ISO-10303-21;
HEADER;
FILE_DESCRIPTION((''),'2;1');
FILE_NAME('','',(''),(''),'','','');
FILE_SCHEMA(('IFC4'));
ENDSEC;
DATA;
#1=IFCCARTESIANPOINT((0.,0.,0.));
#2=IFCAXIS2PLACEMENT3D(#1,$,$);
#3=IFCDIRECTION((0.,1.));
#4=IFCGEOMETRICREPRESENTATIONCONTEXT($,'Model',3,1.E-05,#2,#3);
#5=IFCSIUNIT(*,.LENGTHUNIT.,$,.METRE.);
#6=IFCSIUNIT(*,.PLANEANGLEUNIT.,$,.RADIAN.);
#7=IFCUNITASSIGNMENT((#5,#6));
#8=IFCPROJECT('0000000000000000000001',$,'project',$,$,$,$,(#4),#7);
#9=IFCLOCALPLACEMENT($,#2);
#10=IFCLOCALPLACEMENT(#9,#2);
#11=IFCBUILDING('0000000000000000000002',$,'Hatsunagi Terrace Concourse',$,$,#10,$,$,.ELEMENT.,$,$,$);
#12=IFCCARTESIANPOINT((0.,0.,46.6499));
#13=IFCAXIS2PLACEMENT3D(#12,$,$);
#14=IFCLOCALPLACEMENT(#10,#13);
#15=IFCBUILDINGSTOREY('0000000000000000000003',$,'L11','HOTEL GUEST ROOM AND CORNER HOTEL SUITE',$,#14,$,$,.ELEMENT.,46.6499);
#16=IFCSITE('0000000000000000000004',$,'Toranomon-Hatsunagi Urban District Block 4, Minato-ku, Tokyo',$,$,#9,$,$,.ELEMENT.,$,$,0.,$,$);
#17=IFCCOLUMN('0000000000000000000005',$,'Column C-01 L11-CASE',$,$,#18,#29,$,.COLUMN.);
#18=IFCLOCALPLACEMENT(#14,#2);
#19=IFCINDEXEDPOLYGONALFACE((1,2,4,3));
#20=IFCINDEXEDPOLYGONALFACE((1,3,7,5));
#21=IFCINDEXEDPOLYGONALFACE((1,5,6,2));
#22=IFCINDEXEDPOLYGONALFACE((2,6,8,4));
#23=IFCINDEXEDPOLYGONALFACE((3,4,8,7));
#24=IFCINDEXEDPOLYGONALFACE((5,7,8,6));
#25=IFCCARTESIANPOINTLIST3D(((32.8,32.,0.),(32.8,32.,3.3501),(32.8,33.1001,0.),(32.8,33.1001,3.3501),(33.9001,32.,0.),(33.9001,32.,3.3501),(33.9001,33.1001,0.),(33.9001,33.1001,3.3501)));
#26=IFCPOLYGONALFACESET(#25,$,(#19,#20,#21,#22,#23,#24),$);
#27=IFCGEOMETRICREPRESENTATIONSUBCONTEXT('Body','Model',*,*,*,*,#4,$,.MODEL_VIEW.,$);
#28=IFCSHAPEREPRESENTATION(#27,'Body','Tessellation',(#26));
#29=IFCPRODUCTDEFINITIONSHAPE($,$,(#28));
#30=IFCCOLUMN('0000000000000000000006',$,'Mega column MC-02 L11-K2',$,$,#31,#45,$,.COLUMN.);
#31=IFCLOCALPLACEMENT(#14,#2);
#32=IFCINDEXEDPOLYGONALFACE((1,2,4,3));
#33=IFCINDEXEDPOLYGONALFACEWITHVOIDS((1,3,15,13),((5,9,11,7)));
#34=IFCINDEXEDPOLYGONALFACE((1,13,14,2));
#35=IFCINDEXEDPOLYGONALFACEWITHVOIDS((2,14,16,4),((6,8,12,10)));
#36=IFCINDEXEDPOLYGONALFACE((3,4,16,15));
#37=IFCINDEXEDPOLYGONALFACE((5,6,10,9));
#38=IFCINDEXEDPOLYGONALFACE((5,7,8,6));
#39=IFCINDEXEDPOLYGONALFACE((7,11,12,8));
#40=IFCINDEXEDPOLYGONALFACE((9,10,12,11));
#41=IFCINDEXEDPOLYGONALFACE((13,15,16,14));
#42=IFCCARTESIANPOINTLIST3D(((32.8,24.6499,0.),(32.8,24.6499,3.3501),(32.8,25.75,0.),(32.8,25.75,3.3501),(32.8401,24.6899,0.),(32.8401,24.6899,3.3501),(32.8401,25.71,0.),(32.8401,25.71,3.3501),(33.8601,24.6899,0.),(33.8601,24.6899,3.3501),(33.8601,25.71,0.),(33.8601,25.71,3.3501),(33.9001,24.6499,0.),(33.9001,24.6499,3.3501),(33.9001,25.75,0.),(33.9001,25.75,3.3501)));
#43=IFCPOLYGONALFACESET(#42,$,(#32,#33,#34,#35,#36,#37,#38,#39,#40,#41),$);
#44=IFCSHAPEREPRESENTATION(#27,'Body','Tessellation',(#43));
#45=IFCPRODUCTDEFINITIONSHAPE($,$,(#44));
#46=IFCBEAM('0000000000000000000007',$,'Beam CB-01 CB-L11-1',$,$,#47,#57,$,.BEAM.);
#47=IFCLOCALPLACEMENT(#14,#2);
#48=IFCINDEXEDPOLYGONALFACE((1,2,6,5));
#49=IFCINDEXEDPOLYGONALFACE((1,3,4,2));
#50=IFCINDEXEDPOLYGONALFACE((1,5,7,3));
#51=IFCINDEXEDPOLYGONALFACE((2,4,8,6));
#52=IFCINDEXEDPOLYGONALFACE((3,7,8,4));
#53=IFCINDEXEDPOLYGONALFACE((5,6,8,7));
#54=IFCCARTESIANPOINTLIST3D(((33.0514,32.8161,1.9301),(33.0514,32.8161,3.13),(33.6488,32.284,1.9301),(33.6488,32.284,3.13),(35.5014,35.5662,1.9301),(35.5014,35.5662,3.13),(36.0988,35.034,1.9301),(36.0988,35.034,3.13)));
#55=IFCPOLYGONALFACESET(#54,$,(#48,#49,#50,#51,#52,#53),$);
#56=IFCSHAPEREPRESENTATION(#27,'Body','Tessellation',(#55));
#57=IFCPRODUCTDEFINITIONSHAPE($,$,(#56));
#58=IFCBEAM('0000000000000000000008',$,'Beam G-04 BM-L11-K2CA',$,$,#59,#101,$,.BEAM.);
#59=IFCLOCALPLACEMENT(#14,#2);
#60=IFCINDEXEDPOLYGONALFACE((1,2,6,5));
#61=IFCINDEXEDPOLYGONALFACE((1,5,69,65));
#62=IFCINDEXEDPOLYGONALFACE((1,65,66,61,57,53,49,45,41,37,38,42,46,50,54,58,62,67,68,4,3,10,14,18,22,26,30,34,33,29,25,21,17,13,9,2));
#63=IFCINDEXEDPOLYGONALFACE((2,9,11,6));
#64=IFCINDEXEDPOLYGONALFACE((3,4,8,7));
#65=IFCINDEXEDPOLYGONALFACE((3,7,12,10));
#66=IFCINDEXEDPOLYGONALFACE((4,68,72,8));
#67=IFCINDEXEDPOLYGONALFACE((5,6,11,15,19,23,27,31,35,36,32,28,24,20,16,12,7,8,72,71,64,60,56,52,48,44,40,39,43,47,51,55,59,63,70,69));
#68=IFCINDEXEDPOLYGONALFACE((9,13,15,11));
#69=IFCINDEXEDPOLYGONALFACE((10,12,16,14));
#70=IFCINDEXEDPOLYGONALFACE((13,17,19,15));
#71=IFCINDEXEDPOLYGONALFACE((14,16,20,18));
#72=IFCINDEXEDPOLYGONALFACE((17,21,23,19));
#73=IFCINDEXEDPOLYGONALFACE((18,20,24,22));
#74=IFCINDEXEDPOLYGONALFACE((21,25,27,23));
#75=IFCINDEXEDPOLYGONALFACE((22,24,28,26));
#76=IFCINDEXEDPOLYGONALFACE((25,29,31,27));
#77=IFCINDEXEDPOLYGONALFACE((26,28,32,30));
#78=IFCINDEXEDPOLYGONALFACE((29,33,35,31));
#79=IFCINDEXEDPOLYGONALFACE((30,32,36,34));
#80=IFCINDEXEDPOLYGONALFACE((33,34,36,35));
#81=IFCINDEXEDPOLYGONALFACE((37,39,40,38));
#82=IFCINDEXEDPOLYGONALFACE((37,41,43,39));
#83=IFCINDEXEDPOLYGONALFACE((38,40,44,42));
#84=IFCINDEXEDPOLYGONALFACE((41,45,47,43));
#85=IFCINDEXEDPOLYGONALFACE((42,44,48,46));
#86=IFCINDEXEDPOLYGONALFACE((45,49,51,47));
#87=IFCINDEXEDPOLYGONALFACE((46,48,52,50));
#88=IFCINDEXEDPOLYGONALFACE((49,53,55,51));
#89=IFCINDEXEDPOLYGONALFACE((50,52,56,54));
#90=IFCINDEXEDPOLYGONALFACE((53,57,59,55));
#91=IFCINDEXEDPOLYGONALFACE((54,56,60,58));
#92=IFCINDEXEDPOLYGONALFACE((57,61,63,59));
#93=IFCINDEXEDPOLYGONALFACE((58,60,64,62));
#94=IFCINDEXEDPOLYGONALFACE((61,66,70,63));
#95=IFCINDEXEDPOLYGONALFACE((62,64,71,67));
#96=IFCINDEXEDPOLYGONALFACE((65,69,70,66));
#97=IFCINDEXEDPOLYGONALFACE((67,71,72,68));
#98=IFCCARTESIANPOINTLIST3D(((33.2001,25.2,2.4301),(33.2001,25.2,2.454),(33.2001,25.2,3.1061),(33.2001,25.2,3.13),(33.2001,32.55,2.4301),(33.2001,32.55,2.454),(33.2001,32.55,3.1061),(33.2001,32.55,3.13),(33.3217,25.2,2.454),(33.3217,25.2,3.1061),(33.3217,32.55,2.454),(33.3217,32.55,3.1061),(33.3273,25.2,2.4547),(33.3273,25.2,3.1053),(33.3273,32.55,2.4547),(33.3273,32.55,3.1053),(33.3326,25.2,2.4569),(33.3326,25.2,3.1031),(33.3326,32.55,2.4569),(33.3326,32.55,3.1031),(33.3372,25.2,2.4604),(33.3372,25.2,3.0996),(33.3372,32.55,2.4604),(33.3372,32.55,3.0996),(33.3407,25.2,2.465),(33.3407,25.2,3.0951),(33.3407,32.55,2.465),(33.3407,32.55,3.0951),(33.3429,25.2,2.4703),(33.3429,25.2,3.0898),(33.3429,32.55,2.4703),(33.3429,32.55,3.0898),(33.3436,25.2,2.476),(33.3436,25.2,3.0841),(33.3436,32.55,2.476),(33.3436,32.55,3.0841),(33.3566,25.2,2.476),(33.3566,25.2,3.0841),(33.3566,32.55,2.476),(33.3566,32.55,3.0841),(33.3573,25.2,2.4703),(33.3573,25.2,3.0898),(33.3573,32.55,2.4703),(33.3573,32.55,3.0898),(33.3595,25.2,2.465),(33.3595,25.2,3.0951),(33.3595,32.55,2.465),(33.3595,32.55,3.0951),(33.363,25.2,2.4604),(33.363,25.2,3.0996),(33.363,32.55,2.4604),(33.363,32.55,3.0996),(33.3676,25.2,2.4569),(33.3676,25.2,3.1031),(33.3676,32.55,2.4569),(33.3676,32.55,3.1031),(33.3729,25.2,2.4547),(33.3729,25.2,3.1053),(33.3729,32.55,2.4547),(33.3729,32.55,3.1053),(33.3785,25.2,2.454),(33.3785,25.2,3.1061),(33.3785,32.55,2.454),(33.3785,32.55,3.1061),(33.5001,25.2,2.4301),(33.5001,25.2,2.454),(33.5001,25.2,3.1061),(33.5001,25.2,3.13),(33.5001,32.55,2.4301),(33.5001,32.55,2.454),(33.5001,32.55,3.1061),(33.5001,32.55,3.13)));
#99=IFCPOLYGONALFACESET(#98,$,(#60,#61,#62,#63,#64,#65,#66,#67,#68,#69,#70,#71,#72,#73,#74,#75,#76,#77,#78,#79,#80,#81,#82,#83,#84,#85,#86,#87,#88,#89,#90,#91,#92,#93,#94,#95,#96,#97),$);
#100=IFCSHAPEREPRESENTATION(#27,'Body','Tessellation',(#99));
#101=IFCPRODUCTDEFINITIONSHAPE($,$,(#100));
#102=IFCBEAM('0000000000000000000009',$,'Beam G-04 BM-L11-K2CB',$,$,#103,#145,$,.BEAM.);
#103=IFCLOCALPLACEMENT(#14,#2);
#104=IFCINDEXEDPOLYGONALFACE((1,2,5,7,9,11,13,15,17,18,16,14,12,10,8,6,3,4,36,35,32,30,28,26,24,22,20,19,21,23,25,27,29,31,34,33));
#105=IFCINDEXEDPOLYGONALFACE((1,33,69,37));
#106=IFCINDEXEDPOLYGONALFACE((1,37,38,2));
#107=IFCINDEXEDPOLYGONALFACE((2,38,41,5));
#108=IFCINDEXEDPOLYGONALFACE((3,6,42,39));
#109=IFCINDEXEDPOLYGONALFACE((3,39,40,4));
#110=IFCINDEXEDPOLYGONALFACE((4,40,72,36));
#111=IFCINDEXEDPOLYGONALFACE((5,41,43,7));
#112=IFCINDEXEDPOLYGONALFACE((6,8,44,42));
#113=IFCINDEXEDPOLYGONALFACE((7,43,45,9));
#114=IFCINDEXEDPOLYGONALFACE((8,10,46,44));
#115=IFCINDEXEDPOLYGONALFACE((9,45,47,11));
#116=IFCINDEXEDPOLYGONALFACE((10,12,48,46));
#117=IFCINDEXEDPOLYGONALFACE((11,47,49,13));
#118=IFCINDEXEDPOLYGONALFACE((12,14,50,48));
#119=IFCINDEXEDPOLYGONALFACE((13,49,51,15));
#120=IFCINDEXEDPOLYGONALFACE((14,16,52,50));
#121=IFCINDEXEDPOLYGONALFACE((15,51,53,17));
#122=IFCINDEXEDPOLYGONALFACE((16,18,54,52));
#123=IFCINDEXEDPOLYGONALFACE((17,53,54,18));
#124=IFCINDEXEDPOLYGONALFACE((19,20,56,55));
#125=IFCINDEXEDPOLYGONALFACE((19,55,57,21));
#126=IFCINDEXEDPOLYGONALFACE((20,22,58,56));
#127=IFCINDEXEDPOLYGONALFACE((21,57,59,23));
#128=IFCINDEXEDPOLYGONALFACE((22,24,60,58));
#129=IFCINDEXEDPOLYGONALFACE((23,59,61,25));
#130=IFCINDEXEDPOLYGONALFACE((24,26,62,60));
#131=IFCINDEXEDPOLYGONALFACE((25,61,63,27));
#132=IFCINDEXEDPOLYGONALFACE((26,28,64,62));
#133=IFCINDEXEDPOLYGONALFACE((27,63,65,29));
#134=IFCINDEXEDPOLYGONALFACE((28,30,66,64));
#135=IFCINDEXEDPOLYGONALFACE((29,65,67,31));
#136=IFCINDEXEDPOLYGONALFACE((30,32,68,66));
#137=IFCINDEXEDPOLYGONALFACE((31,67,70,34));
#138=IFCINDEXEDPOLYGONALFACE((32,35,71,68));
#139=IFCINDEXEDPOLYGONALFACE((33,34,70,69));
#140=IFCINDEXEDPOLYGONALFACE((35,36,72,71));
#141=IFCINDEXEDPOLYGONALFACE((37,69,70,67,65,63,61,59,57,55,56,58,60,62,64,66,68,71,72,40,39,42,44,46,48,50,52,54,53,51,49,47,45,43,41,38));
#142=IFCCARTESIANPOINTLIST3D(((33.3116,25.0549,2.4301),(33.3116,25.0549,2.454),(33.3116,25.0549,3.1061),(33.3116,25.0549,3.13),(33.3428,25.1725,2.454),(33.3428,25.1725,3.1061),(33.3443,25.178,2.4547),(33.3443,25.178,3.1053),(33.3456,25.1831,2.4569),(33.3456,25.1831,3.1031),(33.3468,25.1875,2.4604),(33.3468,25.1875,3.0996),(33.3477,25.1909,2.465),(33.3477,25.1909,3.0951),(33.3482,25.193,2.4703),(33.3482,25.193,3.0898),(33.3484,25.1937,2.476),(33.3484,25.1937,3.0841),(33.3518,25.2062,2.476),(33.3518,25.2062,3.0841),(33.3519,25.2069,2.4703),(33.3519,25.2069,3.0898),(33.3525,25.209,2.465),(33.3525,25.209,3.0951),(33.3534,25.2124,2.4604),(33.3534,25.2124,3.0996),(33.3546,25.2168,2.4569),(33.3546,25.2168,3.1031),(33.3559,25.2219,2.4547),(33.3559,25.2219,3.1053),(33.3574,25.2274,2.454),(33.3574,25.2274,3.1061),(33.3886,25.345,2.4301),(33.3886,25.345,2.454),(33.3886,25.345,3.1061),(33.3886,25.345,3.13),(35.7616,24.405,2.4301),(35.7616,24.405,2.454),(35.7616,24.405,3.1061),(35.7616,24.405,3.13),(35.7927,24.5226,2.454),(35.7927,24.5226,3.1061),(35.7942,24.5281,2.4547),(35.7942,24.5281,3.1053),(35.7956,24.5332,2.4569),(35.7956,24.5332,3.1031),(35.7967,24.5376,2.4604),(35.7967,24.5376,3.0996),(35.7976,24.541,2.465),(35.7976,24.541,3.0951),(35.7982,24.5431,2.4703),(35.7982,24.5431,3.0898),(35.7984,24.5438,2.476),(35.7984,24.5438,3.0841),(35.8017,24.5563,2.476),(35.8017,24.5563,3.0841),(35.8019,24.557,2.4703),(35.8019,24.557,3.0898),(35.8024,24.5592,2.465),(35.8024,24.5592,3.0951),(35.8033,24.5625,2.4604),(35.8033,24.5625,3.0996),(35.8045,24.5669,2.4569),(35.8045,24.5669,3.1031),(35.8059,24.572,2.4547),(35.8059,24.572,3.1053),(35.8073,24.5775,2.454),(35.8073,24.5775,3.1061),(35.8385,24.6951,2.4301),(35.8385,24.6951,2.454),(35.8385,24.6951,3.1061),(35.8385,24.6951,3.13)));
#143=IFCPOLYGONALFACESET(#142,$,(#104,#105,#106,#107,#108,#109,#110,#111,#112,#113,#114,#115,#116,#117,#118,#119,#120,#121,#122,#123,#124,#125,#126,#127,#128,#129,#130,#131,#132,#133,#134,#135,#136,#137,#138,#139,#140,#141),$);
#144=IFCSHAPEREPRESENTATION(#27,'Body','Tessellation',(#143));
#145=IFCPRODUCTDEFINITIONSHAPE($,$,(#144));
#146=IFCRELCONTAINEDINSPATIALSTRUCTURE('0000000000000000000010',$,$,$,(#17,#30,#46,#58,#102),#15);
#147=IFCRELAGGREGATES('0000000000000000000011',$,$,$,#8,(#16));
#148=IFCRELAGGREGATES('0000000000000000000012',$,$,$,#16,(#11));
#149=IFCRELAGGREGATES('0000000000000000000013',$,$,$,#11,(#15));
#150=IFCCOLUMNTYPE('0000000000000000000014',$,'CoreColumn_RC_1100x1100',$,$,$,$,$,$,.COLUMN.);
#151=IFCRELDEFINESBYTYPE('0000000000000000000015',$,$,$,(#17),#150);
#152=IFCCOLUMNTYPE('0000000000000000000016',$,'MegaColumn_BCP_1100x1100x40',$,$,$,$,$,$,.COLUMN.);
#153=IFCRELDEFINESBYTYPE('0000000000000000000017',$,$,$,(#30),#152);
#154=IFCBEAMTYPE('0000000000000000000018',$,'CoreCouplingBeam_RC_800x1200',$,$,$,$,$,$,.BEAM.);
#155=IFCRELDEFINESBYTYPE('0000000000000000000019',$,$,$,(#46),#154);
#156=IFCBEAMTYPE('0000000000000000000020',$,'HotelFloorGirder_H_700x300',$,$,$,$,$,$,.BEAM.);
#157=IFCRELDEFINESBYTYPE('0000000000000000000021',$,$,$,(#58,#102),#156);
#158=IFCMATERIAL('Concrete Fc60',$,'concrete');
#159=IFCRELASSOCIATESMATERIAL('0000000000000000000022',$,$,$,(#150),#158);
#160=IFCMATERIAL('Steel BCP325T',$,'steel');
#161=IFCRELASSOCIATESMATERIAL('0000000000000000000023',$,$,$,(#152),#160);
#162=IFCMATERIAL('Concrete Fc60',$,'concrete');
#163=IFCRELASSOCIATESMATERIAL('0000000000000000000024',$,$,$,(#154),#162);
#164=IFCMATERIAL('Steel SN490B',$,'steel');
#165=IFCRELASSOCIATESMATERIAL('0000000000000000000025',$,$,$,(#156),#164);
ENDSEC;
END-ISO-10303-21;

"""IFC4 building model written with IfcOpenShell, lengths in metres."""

from ifc_helpers import new_model, si_unit, direction, frame, origin, origin_2d, place, context, subcontext, project, spatial, rectangle, hollow_rectangle, i_section, extrude, material, material_profile, profile_set, type_object, element, save


model = new_model("IFC4")

# Units and contexts
model_context = context("Model", 3, precision=1e-05, world=origin(), true_north=direction((0.0, 1.0)))
body_context = subcontext(model_context, "Body", "Model", "MODEL_VIEW")
ifc_project = project(units=[si_unit("LENGTHUNIT", "METRE"), si_unit("PLANEANGLEUNIT", "RADIAN")], contexts=[model_context])

# Site, building, storey
site_placement = place(None, origin())
site = spatial("IfcSite", under=ifc_project, at=site_placement, Name="Toranomon-Hatsunagi Urban District Block 4, Minato-ku, Tokyo", CompositionType="ELEMENT", RefElevation=0.0)
building_placement = place(site_placement, origin())
building = spatial("IfcBuilding", under=site, at=building_placement, Name="Hatsunagi Terrace Concourse", CompositionType="ELEMENT")
storey_placement = place(building_placement, frame((0.0, 0.0, 46.6499)))
storey = spatial("IfcBuildingStorey", under=building, at=storey_placement, Name="L11", Description="HOTEL GUEST ROOM AND CORNER HOTEL SUITE", CompositionType="ELEMENT", Elevation=46.6499)

# Columns
ifc_material_1 = material(Name="Concrete Fc60", Category="concrete")
ifc_material_profile_1 = material_profile(ifc_material_1, rectangle(XDim=1.1001, YDim=1.1001, at=origin_2d()), Name="RC-1100x1100")
ifc_profile_set_1 = profile_set([ifc_material_profile_1], Name="Concrete Fc60")
column_type_1 = type_object("IfcColumnType", Name="CoreColumn_RC_1100x1100", PredefinedType="COLUMN", material=ifc_profile_set_1)
column_1_placement = place(storey_placement, frame((33.3501, 32.55, 0.0), z_axis=(0.0, 0.0, 1.0), x_axis=(1.0, 0.0, 0.0)))
element("IfcColumn", 1, at=column_1_placement, inside=storey, type_object=column_type_1, Name="Column C-01 L11-CASE", PredefinedType="COLUMN", context=body_context, shape_type="SweptSolid", body=[
    extrude(rectangle(XDim=1.1001, YDim=1.1001, at=origin_2d()), origin(), (0.0, 0.0, 1.0), 3.3501),
])
ifc_material_2 = material(Name="Steel BCP325T", Category="steel")
ifc_material_profile_2 = material_profile(ifc_material_2, hollow_rectangle(XDim=1.1001, YDim=1.1001, WallThickness=0.04, at=origin_2d()), Name="BCP-1100x1100x40")
ifc_profile_set_2 = profile_set([ifc_material_profile_2], Name="Steel BCP325T")
column_type_2 = type_object("IfcColumnType", Name="MegaColumn_BCP_1100x1100x40", PredefinedType="COLUMN", material=ifc_profile_set_2)
column_2_placement = place(storey_placement, frame((33.3501, 25.2, 0.0), z_axis=(0.0, 0.0, 1.0), x_axis=(1.0, 0.0, 0.0)))
element("IfcColumn", 2, at=column_2_placement, inside=storey, type_object=column_type_2, Name="Mega column MC-02 L11-K2", PredefinedType="COLUMN", context=body_context, shape_type="SweptSolid", body=[
    extrude(hollow_rectangle(XDim=1.1001, YDim=1.1001, WallThickness=0.04, at=origin_2d()), origin(), (0.0, 0.0, 1.0), 3.3501),
])

# Beams
ifc_material_3 = material(Name="Concrete Fc60", Category="concrete")
ifc_material_profile_3 = material_profile(ifc_material_3, rectangle(XDim=0.8, YDim=1.2, at=origin_2d()), Name="RC-800x1200")
ifc_profile_set_3 = profile_set([ifc_material_profile_3], Name="Concrete Fc60")
beam_type_1 = type_object("IfcBeamType", Name="CoreCouplingBeam_RC_800x1200", PredefinedType="BEAM", material=ifc_profile_set_3)
beam_1_placement = place(storey_placement, frame((33.3501, 32.55, 2.53), z_axis=(0.665199, 0.746666, 0.0), x_axis=(-0.746666, 0.665199, 0.0)))
element("IfcBeam", 3, at=beam_1_placement, inside=storey, type_object=beam_type_1, Name="Beam CB-01 CB-L11-1", PredefinedType="BEAM", context=body_context, shape_type="SweptSolid", body=[
    extrude(rectangle(XDim=0.8, YDim=1.2, at=origin_2d()), origin(), (0.0, 0.0, 1.0), 3.6831),
])
ifc_material_4 = material(Name="Steel SN490B", Category="steel")
ifc_material_profile_4 = material_profile(ifc_material_4, i_section(OverallWidth=0.3, OverallDepth=0.7, WebThickness=0.0129, FlangeThickness=0.0239, FilletRadius=0.022, at=origin_2d()), Name="H-700x300x13x24")
ifc_profile_set_4 = profile_set([ifc_material_profile_4], Name="Steel SN490B")
beam_type_2 = type_object("IfcBeamType", Name="HotelFloorGirder_H_700x300", PredefinedType="BEAM", material=ifc_profile_set_4)
beam_2_placement = place(storey_placement, frame((33.3501, 25.2, 2.78), z_axis=(0.0, 1.0, 0.0), x_axis=(-1.0, 0.0, 0.0)))
element("IfcBeam", 4, at=beam_2_placement, inside=storey, type_object=beam_type_2, Name="Beam G-04 BM-L11-K2CA", PredefinedType="BEAM", context=body_context, shape_type="SweptSolid", body=[
    extrude(i_section(OverallWidth=0.3, OverallDepth=0.7, WebThickness=0.0129, FlangeThickness=0.0239, FilletRadius=0.022, at=origin_2d()), origin(), (0.0, 0.0, 1.0), 7.3501),
])
beam_3_placement = place(storey_placement, frame((33.3501, 25.2, 2.78), z_axis=(0.96657, -0.256403, 0.0), x_axis=(0.256403, 0.96657, 0.0)))
element("IfcBeam", 5, at=beam_3_placement, inside=storey, type_object=beam_type_2, Name="Beam G-04 BM-L11-K2CB", PredefinedType="BEAM", context=body_context, shape_type="SweptSolid", body=[
    extrude(i_section(OverallWidth=0.3, OverallDepth=0.7, WebThickness=0.0129, FlangeThickness=0.0239, FilletRadius=0.022, at=origin_2d()), origin(), (0.0, 0.0, 1.0), 2.5347),
])

save(model, "model.ifc")
